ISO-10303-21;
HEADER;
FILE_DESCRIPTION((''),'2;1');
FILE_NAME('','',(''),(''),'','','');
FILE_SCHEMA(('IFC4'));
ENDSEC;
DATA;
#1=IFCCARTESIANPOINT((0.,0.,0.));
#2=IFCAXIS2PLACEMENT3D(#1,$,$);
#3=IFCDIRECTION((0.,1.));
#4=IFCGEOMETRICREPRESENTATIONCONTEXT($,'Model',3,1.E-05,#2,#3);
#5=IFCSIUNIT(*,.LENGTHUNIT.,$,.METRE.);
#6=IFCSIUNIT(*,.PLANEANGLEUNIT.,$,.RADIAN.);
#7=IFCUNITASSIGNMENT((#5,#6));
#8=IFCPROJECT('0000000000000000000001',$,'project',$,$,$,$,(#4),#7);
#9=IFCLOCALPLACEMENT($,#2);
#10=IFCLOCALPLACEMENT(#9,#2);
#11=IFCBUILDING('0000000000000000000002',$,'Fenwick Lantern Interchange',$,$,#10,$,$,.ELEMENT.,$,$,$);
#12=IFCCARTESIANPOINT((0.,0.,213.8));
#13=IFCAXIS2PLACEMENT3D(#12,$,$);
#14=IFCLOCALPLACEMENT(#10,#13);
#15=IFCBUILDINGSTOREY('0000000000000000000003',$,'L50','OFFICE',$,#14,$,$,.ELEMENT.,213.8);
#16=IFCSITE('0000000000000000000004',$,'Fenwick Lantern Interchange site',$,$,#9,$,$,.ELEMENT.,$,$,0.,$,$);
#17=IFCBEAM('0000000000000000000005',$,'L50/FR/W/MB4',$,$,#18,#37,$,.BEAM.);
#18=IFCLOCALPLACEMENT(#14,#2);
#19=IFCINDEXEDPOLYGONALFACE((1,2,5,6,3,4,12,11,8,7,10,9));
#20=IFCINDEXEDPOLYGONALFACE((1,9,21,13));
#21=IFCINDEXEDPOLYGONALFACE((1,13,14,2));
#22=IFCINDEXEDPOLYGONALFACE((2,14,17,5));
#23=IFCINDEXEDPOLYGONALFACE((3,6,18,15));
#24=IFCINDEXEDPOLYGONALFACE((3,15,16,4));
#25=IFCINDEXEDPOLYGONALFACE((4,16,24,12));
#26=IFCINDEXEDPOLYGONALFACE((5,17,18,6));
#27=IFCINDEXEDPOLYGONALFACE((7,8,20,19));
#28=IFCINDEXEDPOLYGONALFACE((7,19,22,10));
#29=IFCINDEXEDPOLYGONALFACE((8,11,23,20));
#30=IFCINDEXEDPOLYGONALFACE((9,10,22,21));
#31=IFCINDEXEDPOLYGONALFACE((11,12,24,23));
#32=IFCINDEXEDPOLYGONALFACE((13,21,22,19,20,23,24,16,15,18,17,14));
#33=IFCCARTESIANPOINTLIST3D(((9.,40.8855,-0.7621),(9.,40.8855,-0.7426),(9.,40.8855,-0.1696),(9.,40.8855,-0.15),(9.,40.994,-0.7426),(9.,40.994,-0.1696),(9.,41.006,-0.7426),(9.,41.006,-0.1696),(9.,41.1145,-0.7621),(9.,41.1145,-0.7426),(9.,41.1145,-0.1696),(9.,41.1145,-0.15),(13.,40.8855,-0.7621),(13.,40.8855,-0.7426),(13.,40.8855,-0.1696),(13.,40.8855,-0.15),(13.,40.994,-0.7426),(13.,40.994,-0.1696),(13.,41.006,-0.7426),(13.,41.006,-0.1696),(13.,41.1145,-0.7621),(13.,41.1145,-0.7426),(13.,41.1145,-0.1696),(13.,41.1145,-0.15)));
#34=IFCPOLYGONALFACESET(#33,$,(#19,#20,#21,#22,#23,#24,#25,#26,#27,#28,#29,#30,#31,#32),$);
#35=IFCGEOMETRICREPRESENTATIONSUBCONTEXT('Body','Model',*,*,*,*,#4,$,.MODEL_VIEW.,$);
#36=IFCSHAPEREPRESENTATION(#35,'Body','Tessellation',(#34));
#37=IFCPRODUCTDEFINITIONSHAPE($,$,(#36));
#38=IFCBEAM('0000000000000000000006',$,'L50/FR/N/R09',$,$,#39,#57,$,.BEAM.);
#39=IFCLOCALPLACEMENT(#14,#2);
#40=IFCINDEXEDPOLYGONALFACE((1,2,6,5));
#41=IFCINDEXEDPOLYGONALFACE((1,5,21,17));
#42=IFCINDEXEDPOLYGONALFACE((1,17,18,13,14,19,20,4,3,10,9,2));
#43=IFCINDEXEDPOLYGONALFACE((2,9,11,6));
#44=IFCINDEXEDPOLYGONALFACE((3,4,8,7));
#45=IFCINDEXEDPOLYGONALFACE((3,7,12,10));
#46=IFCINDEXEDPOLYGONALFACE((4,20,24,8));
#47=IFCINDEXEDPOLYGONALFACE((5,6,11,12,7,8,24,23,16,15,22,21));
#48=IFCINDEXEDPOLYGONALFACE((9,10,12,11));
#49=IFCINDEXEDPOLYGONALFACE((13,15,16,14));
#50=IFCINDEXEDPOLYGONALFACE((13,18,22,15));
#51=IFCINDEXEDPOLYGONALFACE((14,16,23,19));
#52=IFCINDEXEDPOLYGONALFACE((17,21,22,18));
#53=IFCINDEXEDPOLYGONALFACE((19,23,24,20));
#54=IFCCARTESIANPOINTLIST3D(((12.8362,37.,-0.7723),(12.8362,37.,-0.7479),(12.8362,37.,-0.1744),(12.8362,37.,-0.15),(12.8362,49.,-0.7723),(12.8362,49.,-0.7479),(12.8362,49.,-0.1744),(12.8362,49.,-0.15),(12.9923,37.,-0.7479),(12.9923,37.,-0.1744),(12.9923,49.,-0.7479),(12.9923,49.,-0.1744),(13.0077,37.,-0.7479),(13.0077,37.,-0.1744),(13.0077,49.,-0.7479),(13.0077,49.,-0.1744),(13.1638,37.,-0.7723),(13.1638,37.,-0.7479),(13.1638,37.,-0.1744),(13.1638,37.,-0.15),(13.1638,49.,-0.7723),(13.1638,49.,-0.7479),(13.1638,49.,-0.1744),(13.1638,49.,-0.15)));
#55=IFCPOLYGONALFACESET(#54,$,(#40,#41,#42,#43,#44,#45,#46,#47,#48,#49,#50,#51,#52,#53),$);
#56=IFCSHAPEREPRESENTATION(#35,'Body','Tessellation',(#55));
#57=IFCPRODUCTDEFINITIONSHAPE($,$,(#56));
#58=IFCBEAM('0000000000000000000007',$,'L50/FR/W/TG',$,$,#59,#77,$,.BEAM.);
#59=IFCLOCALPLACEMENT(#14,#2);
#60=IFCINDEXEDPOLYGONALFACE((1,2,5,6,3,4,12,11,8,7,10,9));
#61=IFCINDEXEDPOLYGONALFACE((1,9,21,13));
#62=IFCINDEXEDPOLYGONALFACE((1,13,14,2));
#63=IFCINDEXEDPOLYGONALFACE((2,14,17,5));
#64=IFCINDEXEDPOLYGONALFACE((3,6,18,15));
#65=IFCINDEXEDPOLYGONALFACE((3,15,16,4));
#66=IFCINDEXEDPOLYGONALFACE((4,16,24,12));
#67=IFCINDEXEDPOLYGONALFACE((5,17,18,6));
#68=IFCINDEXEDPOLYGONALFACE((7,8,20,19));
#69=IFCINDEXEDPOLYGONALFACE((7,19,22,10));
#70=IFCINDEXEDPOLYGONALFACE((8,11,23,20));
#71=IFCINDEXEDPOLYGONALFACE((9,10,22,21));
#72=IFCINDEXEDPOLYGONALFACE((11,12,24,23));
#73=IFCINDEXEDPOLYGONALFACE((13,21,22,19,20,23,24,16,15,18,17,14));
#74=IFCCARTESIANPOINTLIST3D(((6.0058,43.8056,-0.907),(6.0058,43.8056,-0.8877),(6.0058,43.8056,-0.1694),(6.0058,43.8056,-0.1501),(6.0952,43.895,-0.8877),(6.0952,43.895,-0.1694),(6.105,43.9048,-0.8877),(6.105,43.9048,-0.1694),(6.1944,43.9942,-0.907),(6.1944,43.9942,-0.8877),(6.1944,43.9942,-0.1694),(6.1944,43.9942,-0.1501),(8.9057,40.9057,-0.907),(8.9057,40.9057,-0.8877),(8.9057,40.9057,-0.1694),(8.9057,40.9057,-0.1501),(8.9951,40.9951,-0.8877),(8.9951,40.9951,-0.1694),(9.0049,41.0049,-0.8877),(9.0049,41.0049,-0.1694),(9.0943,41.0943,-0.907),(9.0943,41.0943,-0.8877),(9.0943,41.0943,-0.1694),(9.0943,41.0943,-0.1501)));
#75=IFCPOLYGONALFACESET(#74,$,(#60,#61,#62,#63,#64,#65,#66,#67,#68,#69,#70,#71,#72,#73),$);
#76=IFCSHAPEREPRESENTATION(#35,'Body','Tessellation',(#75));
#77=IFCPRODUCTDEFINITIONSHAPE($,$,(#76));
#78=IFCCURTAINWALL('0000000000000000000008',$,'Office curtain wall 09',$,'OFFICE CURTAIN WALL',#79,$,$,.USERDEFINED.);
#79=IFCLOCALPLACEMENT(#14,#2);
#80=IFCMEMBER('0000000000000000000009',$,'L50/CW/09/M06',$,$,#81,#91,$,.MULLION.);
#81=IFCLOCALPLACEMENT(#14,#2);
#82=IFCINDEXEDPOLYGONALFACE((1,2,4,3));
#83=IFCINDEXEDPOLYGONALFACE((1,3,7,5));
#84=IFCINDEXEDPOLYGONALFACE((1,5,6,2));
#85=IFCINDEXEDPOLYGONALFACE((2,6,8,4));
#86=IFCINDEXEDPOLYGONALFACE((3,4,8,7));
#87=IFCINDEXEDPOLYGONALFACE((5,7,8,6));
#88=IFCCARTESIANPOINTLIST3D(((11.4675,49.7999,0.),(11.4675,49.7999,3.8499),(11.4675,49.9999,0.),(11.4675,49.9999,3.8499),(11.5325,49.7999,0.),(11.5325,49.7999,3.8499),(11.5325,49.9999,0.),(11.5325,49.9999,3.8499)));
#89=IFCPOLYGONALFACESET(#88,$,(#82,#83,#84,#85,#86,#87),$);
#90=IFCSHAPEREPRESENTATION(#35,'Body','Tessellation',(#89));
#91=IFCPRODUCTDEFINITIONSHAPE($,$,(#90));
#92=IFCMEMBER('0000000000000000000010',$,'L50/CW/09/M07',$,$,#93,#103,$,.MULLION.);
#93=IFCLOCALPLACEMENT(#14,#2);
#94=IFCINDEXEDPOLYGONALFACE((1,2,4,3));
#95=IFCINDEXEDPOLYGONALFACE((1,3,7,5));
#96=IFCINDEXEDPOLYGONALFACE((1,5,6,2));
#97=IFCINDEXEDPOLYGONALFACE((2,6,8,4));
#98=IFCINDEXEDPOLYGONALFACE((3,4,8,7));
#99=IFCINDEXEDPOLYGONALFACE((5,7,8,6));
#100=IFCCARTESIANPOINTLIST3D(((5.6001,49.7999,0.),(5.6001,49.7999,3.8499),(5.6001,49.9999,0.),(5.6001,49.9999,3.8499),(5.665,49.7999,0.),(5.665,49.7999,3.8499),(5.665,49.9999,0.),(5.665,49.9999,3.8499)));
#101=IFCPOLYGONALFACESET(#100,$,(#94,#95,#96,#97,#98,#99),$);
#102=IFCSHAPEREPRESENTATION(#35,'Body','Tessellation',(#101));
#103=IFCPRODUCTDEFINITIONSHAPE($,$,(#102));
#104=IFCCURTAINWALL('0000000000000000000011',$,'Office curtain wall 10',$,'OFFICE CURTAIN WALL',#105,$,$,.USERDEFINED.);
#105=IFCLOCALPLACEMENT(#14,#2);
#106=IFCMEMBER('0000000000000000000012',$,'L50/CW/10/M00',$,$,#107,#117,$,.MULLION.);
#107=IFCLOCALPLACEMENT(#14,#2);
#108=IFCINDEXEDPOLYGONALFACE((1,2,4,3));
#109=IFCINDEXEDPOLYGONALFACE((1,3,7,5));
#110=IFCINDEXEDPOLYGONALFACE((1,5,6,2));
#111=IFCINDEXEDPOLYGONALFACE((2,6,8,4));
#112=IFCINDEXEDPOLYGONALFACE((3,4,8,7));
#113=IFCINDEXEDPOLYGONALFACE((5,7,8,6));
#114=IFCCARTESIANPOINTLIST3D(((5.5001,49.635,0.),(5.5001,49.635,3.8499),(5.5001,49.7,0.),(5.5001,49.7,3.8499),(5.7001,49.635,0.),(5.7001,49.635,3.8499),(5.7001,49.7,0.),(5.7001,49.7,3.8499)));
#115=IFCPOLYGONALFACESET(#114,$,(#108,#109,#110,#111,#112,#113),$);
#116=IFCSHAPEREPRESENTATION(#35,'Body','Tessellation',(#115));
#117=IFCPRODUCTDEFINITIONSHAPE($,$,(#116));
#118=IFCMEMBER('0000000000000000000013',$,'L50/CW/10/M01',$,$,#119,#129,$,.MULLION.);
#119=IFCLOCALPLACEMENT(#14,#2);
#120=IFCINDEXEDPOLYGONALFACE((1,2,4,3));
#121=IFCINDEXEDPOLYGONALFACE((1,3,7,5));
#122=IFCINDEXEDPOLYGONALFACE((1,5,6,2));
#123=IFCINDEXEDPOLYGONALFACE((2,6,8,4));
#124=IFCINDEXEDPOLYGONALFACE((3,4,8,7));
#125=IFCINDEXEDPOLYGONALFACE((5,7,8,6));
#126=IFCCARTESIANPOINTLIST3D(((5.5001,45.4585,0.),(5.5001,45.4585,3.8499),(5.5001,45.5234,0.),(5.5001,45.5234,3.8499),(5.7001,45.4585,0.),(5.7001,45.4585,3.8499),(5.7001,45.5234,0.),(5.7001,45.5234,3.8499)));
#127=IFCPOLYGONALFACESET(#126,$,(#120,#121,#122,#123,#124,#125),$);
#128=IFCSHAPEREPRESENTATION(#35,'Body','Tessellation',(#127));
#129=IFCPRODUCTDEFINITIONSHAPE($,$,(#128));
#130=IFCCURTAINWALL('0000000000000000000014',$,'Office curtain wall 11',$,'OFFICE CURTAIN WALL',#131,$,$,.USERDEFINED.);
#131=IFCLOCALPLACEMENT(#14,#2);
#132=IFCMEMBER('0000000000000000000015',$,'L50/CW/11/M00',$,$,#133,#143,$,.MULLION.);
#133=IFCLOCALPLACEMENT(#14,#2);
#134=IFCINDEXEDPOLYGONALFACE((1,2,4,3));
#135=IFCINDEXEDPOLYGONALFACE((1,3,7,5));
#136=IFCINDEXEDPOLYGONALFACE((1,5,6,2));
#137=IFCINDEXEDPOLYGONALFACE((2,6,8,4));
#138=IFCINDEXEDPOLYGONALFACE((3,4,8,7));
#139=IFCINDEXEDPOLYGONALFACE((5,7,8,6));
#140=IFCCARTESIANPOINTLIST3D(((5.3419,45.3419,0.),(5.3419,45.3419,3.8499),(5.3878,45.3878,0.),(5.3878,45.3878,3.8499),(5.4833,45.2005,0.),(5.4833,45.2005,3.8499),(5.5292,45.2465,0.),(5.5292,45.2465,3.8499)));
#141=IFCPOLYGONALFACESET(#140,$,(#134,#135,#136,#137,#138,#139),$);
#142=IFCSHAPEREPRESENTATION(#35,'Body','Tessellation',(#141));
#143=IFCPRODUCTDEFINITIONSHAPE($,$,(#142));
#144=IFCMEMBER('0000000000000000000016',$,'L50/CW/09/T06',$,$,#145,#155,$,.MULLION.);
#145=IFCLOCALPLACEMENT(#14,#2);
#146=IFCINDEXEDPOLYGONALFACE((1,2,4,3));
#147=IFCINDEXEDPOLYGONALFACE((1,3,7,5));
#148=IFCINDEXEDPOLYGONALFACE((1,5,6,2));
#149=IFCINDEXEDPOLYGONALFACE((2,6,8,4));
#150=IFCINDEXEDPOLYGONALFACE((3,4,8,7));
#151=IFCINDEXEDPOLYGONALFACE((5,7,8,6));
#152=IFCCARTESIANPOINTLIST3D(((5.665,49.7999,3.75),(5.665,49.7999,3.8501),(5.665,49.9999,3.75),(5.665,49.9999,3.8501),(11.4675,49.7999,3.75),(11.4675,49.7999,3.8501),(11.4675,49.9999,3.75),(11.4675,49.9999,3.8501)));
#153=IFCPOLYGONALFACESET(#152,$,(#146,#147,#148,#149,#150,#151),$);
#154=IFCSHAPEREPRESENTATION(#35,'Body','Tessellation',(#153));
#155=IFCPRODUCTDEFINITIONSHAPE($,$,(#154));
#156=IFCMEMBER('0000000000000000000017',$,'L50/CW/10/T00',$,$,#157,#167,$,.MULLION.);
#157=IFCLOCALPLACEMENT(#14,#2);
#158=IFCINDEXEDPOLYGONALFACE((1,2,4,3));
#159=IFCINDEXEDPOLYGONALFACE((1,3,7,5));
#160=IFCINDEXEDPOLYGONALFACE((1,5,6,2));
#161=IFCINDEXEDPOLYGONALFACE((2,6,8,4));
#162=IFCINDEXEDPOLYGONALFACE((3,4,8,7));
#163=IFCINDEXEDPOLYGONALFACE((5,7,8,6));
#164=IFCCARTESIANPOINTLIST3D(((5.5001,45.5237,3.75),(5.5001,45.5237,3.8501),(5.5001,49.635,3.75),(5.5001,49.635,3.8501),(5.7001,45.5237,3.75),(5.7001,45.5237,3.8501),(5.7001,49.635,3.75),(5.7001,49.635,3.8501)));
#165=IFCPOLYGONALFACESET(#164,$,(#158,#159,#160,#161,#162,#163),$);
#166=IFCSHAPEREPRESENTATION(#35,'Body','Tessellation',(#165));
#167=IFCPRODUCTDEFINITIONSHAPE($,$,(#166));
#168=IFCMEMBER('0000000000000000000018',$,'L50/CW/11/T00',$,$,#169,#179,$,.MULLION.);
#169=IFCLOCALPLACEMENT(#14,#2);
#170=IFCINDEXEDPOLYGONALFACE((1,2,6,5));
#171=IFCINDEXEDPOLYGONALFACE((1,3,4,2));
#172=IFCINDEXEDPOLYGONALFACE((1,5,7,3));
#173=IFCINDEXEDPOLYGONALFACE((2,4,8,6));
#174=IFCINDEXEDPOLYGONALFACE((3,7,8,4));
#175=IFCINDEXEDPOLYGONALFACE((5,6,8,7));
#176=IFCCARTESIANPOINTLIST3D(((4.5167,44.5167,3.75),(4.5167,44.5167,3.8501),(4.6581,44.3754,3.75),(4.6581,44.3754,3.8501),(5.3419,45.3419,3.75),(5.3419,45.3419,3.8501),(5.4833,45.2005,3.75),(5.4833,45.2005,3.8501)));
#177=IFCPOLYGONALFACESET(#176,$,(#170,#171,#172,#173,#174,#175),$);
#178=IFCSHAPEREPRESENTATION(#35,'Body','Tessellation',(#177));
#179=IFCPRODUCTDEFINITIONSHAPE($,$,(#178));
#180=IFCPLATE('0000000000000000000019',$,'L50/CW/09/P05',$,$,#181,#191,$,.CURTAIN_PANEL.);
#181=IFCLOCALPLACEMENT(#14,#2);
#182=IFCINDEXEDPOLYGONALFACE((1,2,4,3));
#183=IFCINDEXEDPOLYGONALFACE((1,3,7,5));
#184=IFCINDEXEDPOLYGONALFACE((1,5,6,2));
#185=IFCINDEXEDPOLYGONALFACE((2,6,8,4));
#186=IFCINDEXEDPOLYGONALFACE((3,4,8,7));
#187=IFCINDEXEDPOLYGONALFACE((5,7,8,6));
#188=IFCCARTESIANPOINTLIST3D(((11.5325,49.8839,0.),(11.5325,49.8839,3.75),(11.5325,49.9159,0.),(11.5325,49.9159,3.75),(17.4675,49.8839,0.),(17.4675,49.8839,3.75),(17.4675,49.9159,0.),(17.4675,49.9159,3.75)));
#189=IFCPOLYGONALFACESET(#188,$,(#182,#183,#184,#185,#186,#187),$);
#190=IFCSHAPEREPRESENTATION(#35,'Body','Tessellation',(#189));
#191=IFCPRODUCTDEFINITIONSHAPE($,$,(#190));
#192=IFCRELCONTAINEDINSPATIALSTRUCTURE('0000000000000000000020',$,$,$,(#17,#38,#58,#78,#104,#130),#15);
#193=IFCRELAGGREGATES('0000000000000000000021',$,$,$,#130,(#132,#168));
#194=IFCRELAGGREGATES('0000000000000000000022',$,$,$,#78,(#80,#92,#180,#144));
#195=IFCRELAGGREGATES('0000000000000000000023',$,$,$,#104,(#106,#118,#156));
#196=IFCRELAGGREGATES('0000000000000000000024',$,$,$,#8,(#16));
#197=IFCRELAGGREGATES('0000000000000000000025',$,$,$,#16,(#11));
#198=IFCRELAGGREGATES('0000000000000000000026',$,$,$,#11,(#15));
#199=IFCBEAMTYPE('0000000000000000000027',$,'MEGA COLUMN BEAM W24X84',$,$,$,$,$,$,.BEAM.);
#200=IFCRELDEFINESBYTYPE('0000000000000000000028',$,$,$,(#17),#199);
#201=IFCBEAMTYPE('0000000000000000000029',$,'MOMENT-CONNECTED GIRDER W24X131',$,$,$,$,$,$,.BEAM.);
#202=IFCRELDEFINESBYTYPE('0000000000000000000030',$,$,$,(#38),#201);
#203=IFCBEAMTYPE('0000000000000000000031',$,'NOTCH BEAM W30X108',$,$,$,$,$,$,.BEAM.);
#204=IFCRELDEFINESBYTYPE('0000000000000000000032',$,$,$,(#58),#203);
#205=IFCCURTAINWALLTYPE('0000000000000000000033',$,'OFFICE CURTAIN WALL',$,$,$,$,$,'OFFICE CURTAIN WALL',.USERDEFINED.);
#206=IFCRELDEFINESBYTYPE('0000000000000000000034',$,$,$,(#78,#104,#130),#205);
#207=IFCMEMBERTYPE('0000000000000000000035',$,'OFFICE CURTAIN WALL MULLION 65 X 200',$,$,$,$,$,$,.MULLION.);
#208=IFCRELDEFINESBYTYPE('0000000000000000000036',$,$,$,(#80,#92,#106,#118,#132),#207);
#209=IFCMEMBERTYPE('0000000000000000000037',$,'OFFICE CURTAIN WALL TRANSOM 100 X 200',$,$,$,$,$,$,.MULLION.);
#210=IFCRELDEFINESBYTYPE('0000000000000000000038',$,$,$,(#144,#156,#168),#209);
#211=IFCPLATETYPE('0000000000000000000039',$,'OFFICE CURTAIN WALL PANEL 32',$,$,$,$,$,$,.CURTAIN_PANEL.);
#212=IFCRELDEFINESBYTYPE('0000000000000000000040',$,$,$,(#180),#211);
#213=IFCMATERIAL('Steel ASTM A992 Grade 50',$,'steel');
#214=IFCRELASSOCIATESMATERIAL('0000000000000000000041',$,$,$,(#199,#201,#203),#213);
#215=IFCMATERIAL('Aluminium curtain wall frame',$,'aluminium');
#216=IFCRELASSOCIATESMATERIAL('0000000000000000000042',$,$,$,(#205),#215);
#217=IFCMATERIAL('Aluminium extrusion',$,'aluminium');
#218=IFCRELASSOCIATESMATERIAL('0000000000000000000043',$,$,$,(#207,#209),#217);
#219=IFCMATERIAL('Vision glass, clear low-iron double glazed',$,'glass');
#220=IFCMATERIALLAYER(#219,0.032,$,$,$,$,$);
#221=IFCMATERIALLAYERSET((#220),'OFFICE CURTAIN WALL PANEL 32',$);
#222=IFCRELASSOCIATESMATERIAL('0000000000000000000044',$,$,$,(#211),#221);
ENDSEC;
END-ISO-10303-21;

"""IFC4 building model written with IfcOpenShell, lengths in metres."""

from ifc_helpers import new_model, si_unit, direction, frame, origin, origin_2d, place, context, subcontext, project, spatial, rectangle, i_section, extrude, material, layer, layer_set, material_profile, profile_set, type_object, element, aggregate, save


model = new_model("IFC4")

# Units and contexts
model_context = context("Model", 3, precision=1e-05, world=origin(), true_north=direction((0.0, 1.0)))
body_context = subcontext(model_context, "Body", "Model", "MODEL_VIEW")
ifc_project = project(units=[si_unit("LENGTHUNIT", "METRE"), si_unit("PLANEANGLEUNIT", "RADIAN")], contexts=[model_context])

# Site, building, storey
site_placement = place(None, origin())
site = spatial("IfcSite", under=ifc_project, at=site_placement, Name="Fenwick Lantern Interchange site", CompositionType="ELEMENT", RefElevation=0.0)
building_placement = place(site_placement, origin())
building = spatial("IfcBuilding", under=site, at=building_placement, Name="Fenwick Lantern Interchange", CompositionType="ELEMENT")
storey_placement = place(building_placement, frame((0.0, 0.0, 213.8)))
storey = spatial("IfcBuildingStorey", under=building, at=storey_placement, Name="L50", Description="OFFICE", CompositionType="ELEMENT", Elevation=213.8)

# Shared definitions
ifc_material_1 = material(Name="Steel ASTM A992 Grade 50", Category="steel")

# Beams
ifc_material_profile_1 = material_profile(ifc_material_1, i_section(OverallWidth=0.229, OverallDepth=0.6121, WebThickness=0.012, FlangeThickness=0.0195, at=origin_2d()), Name="W24X84")
ifc_profile_set_1 = profile_set([ifc_material_profile_1], Name="Steel ASTM A992 Grade 50")
beam_type_1 = type_object("IfcBeamType", Name="MEGA COLUMN BEAM W24X84", PredefinedType="BEAM", material=ifc_profile_set_1)
beam_1_placement = place(storey_placement, frame((9.0, 41.0, -0.4561), z_axis=(1.0, 0.0, 0.0), x_axis=(0.0, 1.0, 0.0)))
element("IfcBeam", 1, at=beam_1_placement, inside=storey, type_object=beam_type_1, Name="L50/FR/W/MB4", PredefinedType="BEAM", context=body_context, shape_type="SweptSolid", body=[
    extrude(i_section(OverallWidth=0.229, OverallDepth=0.6121, WebThickness=0.012, FlangeThickness=0.0195, at=origin_2d()), origin(), (0.0, 0.0, 1.0), 4.0),
])
ifc_material_profile_2 = material_profile(ifc_material_1, i_section(OverallWidth=0.3276, OverallDepth=0.6223, WebThickness=0.0154, FlangeThickness=0.0244, at=origin_2d()), Name="W24X131")
ifc_profile_set_2 = profile_set([ifc_material_profile_2], Name="Steel ASTM A992 Grade 50")
beam_type_2 = type_object("IfcBeamType", Name="MOMENT-CONNECTED GIRDER W24X131", PredefinedType="BEAM", material=ifc_profile_set_2)
beam_2_placement = place(storey_placement, frame((13.0, 49.0, -0.4612), z_axis=(0.0, -1.0, 0.0), x_axis=(1.0, 0.0, 0.0)))
element("IfcBeam", 2, at=beam_2_placement, inside=storey, type_object=beam_type_2, Name="L50/FR/N/R09", PredefinedType="BEAM", context=body_context, shape_type="SweptSolid", body=[
    extrude(i_section(OverallWidth=0.3276, OverallDepth=0.6223, WebThickness=0.0154, FlangeThickness=0.0244, at=origin_2d()), origin(), (0.0, 0.0, 1.0), 12.0),
])
ifc_material_profile_3 = material_profile(ifc_material_1, i_section(OverallWidth=0.2666, OverallDepth=0.7568, WebThickness=0.0139, FlangeThickness=0.0193, at=origin_2d()), Name="W30X108")
ifc_profile_set_3 = profile_set([ifc_material_profile_3], Name="Steel ASTM A992 Grade 50")
beam_type_3 = type_object("IfcBeamType", Name="NOTCH BEAM W30X108", PredefinedType="BEAM", material=ifc_profile_set_3)
beam_3_placement = place(storey_placement, frame((9.0, 41.0, -0.5286), z_axis=(-0.707107, 0.707107, 0.0), x_axis=(-0.707107, -0.707107, 0.0)))
element("IfcBeam", 3, at=beam_3_placement, inside=storey, type_object=beam_type_3, Name="L50/FR/W/TG", PredefinedType="BEAM", context=body_context, shape_type="SweptSolid", body=[
    extrude(i_section(OverallWidth=0.2666, OverallDepth=0.7568, WebThickness=0.0139, FlangeThickness=0.0193, at=origin_2d()), origin(), (0.0, 0.0, 1.0), 4.1011),
])

# Curtain walls, members
ifc_material_2 = material(Name="Aluminium curtain wall frame", Category="aluminium")
curtain_wall_type = type_object("IfcCurtainWallType", Name="OFFICE CURTAIN WALL", ElementType="OFFICE CURTAIN WALL", PredefinedType="USERDEFINED", material=ifc_material_2)
curtain_wall_1_placement = place(storey_placement, origin())
curtain_wall_1 = element("IfcCurtainWall", 4, at=curtain_wall_1_placement, inside=storey, type_object=curtain_wall_type, Name="Office curtain wall 09", ObjectType="OFFICE CURTAIN WALL", PredefinedType="USERDEFINED")
ifc_material_3 = material(Name="Aluminium extrusion", Category="aluminium")
ifc_material_profile_4 = material_profile(ifc_material_3, rectangle(XDim=0.2, YDim=0.0649, at=origin_2d()), Name="OFFICE CURTAIN WALL MULLION 65 X 200")
ifc_profile_set_4 = profile_set([ifc_material_profile_4], Name="Aluminium extrusion")
member_type_1 = type_object("IfcMemberType", Name="OFFICE CURTAIN WALL MULLION 65 X 200", PredefinedType="MULLION", material=ifc_profile_set_4)
member_1_placement = place(storey_placement, frame((11.5, 49.8999, 0.0), z_axis=(0.0, 0.0, 1.0), x_axis=(0.0, -1.0, 0.0)))
member_1 = element("IfcMember", 5, at=member_1_placement, type_object=member_type_1, Name="L50/CW/09/M06", PredefinedType="MULLION", context=body_context, shape_type="SweptSolid", body=[
    extrude(rectangle(XDim=0.2, YDim=0.0649, at=origin_2d()), origin(), (0.0, 0.0, 1.0), 3.8499),
])
member_2_placement = place(storey_placement, frame((5.6326, 49.8999, 0.0), z_axis=(0.0, 0.0, 1.0), x_axis=(0.0, -1.0, 0.0)))
member_2 = element("IfcMember", 6, at=member_2_placement, type_object=member_type_1, Name="L50/CW/09/M07", PredefinedType="MULLION", context=body_context, shape_type="SweptSolid", body=[
    extrude(rectangle(XDim=0.2, YDim=0.0649, at=origin_2d()), origin(), (0.0, 0.0, 1.0), 3.8499),
])
curtain_wall_2_placement = place(storey_placement, origin())
curtain_wall_2 = element("IfcCurtainWall", 7, at=curtain_wall_2_placement, inside=storey, type_object=curtain_wall_type, Name="Office curtain wall 10", ObjectType="OFFICE CURTAIN WALL", PredefinedType="USERDEFINED")
member_3_placement = place(storey_placement, frame((5.6001, 49.6675, 0.0), z_axis=(0.0, 0.0, 1.0), x_axis=(1.0, 0.0, 0.0)))
member_3 = element("IfcMember", 8, at=member_3_placement, type_object=member_type_1, Name="L50/CW/10/M00", PredefinedType="MULLION", context=body_context, shape_type="SweptSolid", body=[
    extrude(rectangle(XDim=0.2, YDim=0.0649, at=origin_2d()), origin(), (0.0, 0.0, 1.0), 3.8499),
])
member_4_placement = place(storey_placement, frame((5.6001, 45.491, 0.0), z_axis=(0.0, 0.0, 1.0), x_axis=(1.0, 0.0, 0.0)))
member_4 = element("IfcMember", 9, at=member_4_placement, type_object=member_type_1, Name="L50/CW/10/M01", PredefinedType="MULLION", context=body_context, shape_type="SweptSolid", body=[
    extrude(rectangle(XDim=0.2, YDim=0.0649, at=origin_2d()), origin(), (0.0, 0.0, 1.0), 3.8499),
])

# Curtain wall, member
curtain_wall_3_placement = place(storey_placement, origin())
curtain_wall_3 = element("IfcCurtainWall", 10, at=curtain_wall_3_placement, inside=storey, type_object=curtain_wall_type, Name="Office curtain wall 11", ObjectType="OFFICE CURTAIN WALL", PredefinedType="USERDEFINED")
member_5_placement = place(storey_placement, frame((5.4355, 45.2942, 0.0), z_axis=(0.0, 0.0, 1.0), x_axis=(0.707107, -0.707107, 0.0)))
member_5 = element("IfcMember", 11, at=member_5_placement, type_object=member_type_1, Name="L50/CW/11/M00", PredefinedType="MULLION", context=body_context, shape_type="SweptSolid", body=[
    extrude(rectangle(XDim=0.2, YDim=0.0649, at=origin_2d()), origin(), (0.0, 0.0, 1.0), 3.8499),
])

# Members
ifc_material_profile_5 = material_profile(ifc_material_3, rectangle(XDim=0.2, YDim=0.1001, at=origin_2d()), Name="OFFICE CURTAIN WALL TRANSOM 100 X 200")
ifc_profile_set_5 = profile_set([ifc_material_profile_5], Name="Aluminium extrusion")
member_type_2 = type_object("IfcMemberType", Name="OFFICE CURTAIN WALL TRANSOM 100 X 200", PredefinedType="MULLION", material=ifc_profile_set_5)
member_6_placement = place(storey_placement, frame((11.4675, 49.8999, 3.8), z_axis=(-1.0, 0.0, 0.0), x_axis=(0.0, -1.0, 0.0)))
member_6 = element("IfcMember", 12, at=member_6_placement, type_object=member_type_2, Name="L50/CW/09/T06", PredefinedType="MULLION", context=body_context, shape_type="SweptSolid", body=[
    extrude(rectangle(XDim=0.2, YDim=0.1001, at=origin_2d()), origin(), (0.0, 0.0, 1.0), 5.8025),
])
member_7_placement = place(storey_placement, frame((5.6001, 49.635, 3.8), z_axis=(0.0, -1.0, 0.0), x_axis=(1.0, 0.0, 0.0)))
member_7 = element("IfcMember", 13, at=member_7_placement, type_object=member_type_2, Name="L50/CW/10/T00", PredefinedType="MULLION", context=body_context, shape_type="SweptSolid", body=[
    extrude(rectangle(XDim=0.2, YDim=0.1001, at=origin_2d()), origin(), (0.0, 0.0, 1.0), 4.1113),
])
member_8_placement = place(storey_placement, frame((5.4126, 45.2712, 3.8), z_axis=(-0.707107, -0.707107, 0.0), x_axis=(0.707107, -0.707107, 0.0)))
member_8 = element("IfcMember", 14, at=member_8_placement, type_object=member_type_2, Name="L50/CW/11/T00", PredefinedType="MULLION", context=body_context, shape_type="SweptSolid", body=[
    extrude(rectangle(XDim=0.2, YDim=0.1001, at=origin_2d()), origin(), (0.0, 0.0, 1.0), 1.167),
])
aggregate(curtain_wall_3, [member_5, member_8])

# Plate
ifc_material_4 = material(Name="Vision glass, clear low-iron double glazed", Category="glass")
ifc_layer_1 = layer(ifc_material_4, 0.032)
ifc_layer_set_1 = layer_set([ifc_layer_1], Name="OFFICE CURTAIN WALL PANEL 32")
plate_type = type_object("IfcPlateType", Name="OFFICE CURTAIN WALL PANEL 32", PredefinedType="CURTAIN_PANEL", material=ifc_layer_set_1)
plate_1_placement = place(storey_placement, frame((14.5, 49.8999, 0.0), z_axis=(0.0, 0.0, 1.0), x_axis=(-1.0, 0.0, 0.0)))
plate_1 = element("IfcPlate", 15, at=plate_1_placement, type_object=plate_type, Name="L50/CW/09/P05", PredefinedType="CURTAIN_PANEL", context=body_context, shape_type="SweptSolid", body=[
    extrude(rectangle(XDim=5.9351, YDim=0.032, at=origin_2d()), origin(), (0.0, 0.0, 1.0), 3.75),
])
aggregate(curtain_wall_1, [member_1, member_2, plate_1, member_6])
aggregate(curtain_wall_2, [member_3, member_4, member_7])

save(model, "model.ifc")
